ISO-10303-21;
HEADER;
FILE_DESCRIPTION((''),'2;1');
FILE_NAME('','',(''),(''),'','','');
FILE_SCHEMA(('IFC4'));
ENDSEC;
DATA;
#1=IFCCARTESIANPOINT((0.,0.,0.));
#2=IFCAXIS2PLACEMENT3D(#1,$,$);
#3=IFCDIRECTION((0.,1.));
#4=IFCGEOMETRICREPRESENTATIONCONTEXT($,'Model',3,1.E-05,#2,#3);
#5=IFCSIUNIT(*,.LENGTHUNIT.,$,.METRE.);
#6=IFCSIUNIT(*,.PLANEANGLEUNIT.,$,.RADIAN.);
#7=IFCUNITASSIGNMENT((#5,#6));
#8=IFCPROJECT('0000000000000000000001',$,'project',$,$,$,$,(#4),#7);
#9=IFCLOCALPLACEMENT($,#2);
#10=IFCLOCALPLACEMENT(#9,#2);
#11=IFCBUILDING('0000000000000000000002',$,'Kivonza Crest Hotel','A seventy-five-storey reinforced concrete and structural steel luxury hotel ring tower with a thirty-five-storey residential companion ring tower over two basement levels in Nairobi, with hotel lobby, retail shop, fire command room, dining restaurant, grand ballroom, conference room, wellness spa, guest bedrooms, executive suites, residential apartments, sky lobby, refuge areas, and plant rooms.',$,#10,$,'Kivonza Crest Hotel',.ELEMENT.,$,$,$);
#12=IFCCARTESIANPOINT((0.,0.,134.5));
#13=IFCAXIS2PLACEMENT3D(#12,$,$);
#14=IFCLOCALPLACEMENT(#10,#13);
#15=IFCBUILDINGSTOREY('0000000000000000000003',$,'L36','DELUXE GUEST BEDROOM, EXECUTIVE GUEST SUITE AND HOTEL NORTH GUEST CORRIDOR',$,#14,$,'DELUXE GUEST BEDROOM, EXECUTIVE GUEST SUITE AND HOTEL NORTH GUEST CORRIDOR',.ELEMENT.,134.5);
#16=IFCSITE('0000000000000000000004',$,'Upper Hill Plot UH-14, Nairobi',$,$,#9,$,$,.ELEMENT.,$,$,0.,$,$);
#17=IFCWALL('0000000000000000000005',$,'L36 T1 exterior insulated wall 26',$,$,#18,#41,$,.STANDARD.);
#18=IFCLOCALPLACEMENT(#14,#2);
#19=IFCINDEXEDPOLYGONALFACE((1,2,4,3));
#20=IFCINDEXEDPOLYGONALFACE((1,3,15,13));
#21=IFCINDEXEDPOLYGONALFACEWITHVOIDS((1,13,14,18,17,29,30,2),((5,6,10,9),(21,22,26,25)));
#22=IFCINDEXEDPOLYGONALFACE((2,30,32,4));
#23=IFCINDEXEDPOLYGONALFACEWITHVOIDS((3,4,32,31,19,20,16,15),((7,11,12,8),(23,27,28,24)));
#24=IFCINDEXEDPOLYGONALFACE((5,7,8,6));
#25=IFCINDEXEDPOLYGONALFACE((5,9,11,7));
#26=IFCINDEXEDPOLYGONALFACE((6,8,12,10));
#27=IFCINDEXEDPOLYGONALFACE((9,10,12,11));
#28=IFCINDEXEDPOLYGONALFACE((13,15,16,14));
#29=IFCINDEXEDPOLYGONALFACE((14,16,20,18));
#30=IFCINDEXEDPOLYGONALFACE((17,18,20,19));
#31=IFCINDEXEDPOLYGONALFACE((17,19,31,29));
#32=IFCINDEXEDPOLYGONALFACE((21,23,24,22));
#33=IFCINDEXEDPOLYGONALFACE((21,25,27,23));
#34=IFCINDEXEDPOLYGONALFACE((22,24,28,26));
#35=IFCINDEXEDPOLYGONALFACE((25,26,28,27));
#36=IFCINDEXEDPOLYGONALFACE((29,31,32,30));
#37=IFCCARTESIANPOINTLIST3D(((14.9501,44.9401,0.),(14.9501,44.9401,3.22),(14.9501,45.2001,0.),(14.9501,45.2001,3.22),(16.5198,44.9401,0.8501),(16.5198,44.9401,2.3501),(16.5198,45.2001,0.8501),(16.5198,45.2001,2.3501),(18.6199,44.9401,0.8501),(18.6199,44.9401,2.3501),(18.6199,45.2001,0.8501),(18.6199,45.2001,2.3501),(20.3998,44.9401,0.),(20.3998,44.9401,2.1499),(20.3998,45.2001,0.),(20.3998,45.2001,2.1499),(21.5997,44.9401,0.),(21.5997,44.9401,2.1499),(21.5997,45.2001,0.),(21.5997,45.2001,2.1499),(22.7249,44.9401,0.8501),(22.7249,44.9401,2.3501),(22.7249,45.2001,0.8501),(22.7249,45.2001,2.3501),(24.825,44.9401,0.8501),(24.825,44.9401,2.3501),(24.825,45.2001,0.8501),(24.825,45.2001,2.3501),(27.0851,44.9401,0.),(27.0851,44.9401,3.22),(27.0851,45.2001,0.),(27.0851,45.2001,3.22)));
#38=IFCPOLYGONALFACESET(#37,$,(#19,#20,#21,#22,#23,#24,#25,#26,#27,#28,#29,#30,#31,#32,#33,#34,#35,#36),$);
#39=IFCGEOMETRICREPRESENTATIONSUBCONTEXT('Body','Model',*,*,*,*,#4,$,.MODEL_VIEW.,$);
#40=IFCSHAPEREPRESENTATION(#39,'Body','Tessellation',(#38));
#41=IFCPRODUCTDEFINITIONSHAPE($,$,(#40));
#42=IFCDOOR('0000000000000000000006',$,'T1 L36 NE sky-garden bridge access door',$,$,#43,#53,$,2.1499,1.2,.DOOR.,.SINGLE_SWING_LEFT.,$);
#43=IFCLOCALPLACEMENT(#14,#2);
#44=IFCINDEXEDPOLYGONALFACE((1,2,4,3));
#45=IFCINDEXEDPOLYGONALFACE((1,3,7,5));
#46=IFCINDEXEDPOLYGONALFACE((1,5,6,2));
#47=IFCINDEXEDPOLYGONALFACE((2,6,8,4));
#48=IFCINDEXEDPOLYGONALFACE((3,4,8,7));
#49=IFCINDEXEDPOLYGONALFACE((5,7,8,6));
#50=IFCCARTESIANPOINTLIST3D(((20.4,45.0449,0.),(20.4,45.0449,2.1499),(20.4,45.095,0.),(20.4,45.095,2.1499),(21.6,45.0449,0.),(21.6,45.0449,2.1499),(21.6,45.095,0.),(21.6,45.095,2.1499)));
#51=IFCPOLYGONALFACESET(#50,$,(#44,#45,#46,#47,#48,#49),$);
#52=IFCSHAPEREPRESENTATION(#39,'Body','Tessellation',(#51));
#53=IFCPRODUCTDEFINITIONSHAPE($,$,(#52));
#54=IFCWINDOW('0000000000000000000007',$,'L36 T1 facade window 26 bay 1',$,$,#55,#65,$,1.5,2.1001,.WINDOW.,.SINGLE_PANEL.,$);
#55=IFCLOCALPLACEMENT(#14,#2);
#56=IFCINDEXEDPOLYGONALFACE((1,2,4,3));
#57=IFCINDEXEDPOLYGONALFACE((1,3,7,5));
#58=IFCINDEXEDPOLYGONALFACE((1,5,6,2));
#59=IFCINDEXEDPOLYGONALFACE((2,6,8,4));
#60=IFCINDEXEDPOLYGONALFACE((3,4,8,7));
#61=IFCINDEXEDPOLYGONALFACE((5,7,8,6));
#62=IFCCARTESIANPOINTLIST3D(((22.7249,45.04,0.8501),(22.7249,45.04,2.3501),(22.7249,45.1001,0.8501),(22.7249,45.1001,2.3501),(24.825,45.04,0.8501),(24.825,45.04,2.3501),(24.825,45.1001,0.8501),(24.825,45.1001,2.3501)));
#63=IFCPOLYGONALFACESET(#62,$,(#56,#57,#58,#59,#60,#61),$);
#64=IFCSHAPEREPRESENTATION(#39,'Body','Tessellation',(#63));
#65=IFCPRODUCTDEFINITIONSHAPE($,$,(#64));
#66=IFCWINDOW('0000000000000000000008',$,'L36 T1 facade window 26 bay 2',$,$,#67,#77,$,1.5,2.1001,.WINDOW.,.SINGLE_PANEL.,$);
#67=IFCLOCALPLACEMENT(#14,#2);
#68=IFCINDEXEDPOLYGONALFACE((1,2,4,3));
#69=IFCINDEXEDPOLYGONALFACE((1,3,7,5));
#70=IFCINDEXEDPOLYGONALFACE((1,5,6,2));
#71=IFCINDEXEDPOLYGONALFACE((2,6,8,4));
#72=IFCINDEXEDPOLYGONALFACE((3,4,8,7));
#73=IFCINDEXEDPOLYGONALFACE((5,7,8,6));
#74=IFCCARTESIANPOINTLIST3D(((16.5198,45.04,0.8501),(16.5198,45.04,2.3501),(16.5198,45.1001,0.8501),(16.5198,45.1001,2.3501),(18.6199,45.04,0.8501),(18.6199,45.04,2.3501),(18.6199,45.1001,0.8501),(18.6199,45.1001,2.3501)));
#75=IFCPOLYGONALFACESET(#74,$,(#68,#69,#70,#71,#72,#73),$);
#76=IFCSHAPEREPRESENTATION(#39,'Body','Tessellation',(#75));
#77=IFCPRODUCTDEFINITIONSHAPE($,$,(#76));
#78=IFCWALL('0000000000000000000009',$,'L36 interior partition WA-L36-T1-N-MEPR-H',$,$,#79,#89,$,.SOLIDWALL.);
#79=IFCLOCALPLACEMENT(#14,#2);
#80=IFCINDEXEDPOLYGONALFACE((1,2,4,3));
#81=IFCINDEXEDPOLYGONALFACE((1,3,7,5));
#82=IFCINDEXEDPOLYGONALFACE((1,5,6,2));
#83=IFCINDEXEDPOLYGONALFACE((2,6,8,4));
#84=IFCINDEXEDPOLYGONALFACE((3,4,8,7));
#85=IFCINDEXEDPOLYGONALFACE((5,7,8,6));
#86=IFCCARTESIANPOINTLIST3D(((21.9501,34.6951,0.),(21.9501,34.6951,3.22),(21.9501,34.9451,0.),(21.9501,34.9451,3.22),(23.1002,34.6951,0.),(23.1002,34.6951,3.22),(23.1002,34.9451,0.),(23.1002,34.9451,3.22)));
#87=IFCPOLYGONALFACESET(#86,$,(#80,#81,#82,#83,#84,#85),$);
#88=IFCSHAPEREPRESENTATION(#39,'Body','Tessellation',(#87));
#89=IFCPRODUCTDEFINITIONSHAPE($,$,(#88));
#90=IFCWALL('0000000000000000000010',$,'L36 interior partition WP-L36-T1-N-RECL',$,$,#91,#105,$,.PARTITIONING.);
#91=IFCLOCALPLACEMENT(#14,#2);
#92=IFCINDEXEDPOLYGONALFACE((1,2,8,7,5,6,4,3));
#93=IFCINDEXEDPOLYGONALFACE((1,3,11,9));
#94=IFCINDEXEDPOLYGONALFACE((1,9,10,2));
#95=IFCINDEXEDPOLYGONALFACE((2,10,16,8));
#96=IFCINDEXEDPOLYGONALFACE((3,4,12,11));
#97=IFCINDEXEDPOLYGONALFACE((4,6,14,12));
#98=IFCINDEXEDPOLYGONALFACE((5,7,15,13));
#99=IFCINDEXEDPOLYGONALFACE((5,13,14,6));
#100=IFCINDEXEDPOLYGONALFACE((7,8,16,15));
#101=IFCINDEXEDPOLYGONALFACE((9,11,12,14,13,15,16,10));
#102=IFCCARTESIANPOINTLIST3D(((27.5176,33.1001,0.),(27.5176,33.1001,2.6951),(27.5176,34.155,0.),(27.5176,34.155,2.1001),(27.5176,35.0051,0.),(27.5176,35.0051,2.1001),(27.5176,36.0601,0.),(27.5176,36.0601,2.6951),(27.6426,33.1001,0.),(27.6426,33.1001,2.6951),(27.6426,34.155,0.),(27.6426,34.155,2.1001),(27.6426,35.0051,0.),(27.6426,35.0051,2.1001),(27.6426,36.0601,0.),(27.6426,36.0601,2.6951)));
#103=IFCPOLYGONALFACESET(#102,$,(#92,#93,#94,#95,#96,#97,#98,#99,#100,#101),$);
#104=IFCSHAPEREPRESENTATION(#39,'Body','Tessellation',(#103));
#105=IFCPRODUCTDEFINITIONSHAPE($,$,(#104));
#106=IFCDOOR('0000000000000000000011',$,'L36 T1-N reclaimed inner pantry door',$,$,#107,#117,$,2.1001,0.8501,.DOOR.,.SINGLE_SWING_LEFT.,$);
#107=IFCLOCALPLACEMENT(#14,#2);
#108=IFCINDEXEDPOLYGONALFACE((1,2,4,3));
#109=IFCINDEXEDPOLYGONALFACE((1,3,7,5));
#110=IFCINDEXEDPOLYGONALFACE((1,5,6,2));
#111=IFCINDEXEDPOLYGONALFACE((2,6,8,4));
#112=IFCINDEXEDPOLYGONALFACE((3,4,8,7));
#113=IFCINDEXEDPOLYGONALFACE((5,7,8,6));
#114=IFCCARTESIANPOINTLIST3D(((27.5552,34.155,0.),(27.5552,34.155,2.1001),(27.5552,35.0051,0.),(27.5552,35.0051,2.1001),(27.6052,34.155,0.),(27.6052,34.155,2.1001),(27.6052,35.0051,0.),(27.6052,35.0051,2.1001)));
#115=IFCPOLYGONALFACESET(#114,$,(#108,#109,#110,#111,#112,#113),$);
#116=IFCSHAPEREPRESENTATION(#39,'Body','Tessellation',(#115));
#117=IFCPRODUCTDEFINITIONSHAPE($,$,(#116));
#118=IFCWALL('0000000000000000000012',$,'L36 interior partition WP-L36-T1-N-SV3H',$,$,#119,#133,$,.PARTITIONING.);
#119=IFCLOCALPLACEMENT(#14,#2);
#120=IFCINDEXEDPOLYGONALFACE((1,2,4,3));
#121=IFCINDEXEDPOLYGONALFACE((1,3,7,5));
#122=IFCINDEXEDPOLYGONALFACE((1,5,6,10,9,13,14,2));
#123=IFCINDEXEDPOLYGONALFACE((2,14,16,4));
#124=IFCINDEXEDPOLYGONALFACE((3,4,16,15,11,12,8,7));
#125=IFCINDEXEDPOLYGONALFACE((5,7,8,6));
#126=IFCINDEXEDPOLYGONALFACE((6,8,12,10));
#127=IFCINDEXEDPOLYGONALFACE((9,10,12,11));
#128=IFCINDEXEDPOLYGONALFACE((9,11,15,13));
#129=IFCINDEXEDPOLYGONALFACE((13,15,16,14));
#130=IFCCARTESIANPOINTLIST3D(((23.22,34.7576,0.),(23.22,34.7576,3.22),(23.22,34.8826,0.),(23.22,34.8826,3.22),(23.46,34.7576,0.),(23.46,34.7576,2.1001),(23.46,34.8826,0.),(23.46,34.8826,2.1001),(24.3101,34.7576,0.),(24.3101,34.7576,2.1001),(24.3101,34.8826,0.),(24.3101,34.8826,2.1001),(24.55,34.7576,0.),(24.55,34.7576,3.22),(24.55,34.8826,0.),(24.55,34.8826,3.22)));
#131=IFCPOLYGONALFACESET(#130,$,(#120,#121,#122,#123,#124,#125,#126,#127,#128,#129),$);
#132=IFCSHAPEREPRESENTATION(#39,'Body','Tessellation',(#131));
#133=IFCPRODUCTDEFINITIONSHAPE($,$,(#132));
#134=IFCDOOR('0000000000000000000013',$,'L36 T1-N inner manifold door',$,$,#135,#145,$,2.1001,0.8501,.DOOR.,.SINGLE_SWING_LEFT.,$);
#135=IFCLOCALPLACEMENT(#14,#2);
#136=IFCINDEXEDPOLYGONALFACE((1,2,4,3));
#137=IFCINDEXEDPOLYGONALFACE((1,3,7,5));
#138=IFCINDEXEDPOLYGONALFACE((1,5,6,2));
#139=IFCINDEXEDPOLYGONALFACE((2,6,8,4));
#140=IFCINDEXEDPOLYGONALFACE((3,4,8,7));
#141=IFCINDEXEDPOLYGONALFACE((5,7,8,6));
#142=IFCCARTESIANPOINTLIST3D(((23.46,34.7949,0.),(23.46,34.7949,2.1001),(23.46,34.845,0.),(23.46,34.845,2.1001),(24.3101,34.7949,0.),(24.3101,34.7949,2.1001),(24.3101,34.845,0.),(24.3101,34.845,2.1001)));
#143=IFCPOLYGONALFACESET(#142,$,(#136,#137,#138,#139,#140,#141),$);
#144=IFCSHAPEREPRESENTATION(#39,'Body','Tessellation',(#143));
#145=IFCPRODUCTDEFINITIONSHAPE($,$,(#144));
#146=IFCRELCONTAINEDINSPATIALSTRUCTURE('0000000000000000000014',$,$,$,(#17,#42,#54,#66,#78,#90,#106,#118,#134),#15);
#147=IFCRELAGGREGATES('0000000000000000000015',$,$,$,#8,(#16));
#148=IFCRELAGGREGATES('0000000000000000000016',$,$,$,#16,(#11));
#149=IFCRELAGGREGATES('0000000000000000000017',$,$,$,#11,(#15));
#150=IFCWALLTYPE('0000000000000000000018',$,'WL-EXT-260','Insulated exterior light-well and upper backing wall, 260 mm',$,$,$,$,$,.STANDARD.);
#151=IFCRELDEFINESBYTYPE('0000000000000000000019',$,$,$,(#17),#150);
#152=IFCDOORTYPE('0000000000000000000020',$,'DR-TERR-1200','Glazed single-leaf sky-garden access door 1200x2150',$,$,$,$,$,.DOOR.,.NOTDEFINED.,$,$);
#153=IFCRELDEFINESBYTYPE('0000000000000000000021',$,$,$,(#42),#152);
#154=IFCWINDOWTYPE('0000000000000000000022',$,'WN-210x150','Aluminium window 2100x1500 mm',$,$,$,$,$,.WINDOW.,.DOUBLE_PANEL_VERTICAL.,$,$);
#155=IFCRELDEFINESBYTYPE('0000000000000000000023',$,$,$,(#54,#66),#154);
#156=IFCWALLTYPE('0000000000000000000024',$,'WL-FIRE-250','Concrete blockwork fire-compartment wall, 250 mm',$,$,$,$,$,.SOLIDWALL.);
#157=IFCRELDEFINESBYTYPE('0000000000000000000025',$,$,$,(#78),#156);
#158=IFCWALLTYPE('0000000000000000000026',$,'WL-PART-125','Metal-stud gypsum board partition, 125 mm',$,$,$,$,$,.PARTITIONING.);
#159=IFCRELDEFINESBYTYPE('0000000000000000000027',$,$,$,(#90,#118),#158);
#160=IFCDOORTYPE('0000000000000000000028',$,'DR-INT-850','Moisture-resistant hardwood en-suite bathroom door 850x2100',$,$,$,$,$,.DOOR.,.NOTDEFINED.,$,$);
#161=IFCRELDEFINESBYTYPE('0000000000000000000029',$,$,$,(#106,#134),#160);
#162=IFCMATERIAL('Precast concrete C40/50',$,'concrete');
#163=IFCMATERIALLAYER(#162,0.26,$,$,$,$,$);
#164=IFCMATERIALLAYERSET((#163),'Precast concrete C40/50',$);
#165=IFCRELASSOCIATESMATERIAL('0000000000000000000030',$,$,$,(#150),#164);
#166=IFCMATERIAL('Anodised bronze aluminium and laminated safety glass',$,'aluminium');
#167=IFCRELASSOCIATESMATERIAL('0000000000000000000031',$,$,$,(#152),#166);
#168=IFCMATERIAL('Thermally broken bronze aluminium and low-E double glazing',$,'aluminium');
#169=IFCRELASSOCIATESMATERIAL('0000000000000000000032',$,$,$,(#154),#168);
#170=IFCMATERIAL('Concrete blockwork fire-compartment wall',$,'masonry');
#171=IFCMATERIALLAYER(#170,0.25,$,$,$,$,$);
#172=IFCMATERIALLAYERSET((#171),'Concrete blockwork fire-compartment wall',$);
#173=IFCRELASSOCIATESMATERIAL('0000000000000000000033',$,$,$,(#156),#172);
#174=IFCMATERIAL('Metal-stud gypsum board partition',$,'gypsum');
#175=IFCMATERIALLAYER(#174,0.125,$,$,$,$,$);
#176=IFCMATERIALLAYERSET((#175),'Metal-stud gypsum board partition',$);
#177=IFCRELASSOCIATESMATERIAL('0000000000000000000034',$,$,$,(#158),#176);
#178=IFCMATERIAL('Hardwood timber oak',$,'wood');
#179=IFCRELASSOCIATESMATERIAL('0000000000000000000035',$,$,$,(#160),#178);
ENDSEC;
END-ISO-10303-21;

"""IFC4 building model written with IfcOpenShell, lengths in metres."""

from ifc_helpers import new_model, si_unit, direction, frame, frame_2d, origin, place, context, subcontext, project, spatial, rectangle, extrude, material, layer, layer_set, type_object, element, fill, save


model = new_model("IFC4")

# Units and contexts
model_context = context("Model", 3, precision=1e-05, world=origin(), true_north=direction((0.0, 1.0)))
body_context = subcontext(model_context, "Body", "Model", "MODEL_VIEW")
ifc_project = project(units=[si_unit("LENGTHUNIT", "METRE"), si_unit("PLANEANGLEUNIT", "RADIAN")], contexts=[model_context])

# Site, building, storey
site_placement = place(None, origin())
site = spatial("IfcSite", under=ifc_project, at=site_placement, Name="Upper Hill Plot UH-14, Nairobi", CompositionType="ELEMENT", RefElevation=0.0)
building_placement = place(site_placement, origin())
building = spatial("IfcBuilding", under=site, at=building_placement, Name="Kivonza Crest Hotel", Description="A seventy-five-storey reinforced concrete and structural steel luxury hotel ring tower with a thirty-five-storey residential companion ring tower over two basement levels in Nairobi, with hotel lobby, retail shop, fire command room, dining restaurant, grand ballroom, conference room, wellness spa, guest bedrooms, executive suites, residential apartments, sky lobby, refuge areas, and plant rooms.", LongName="Kivonza Crest Hotel", CompositionType="ELEMENT")
storey_placement = place(building_placement, frame((0.0, 0.0, 134.5)))
storey = spatial("IfcBuildingStorey", under=building, at=storey_placement, Name="L36", Description="DELUXE GUEST BEDROOM, EXECUTIVE GUEST SUITE AND HOTEL NORTH GUEST CORRIDOR", LongName="DELUXE GUEST BEDROOM, EXECUTIVE GUEST SUITE AND HOTEL NORTH GUEST CORRIDOR", CompositionType="ELEMENT", Elevation=134.5)

# Shared definitions
ifc_material_1 = material(Name="Hardwood timber oak", Category="wood")

# Wall, openings, door, windows
ifc_material_2 = material(Name="Precast concrete C40/50", Category="concrete")
ifc_layer_1 = layer(ifc_material_2, 0.26)
ifc_layer_set_1 = layer_set([ifc_layer_1], Name="Precast concrete C40/50")
wall_type_1 = type_object("IfcWallType", Name="WL-EXT-260", Description="Insulated exterior light-well and upper backing wall, 260 mm", PredefinedType="STANDARD", material=ifc_layer_set_1)
wall_1_placement = place(storey_placement, frame((27.085, 45.0701, 0.0), z_axis=(0.0, 0.0, 1.0), x_axis=(-1.0, 0.0, 0.0)))
wall_1 = element("IfcWall", 1, at=wall_1_placement, inside=storey, type_object=wall_type_1, Name="L36 T1 exterior insulated wall 26", PredefinedType="STANDARD", context=body_context, shape_type="SweptSolid", body=[
    extrude(rectangle(XDim=12.135, YDim=0.26, at=frame_2d((6.0674, 0.0))), origin(), (0.0, 0.0, 1.0), 3.22),
])
opening_1_placement = place(wall_1_placement, frame((5.4851, 0.0, 0.0)))
opening_1 = element("IfcOpeningElement", 2, at=opening_1_placement, cuts=wall_1, PredefinedType="OPENING", context=body_context, shape_type="SweptSolid", body=[
    extrude(rectangle(XDim=1.2, YDim=2.1499, at=frame_2d((0.6001, 1.075))), frame((0.0, 0.1401, 0.0), z_axis=(0.0, -1.0, 0.0), x_axis=(1.0, 0.0, 0.0)), (0.0, 0.0, 1.0), 0.28),
])
opening_2_placement = place(wall_1_placement, frame((2.26, 0.0, 0.8501)))
opening_2 = element("IfcOpeningElement", 3, at=opening_2_placement, cuts=wall_1, PredefinedType="OPENING", context=body_context, shape_type="SweptSolid", body=[
    extrude(rectangle(XDim=2.1001, YDim=1.5, at=frame_2d((1.05, 0.75))), frame((0.0, 0.1401, 0.0), z_axis=(0.0, -1.0, 0.0), x_axis=(1.0, 0.0, 0.0)), (0.0, 0.0, 1.0), 0.28),
])
opening_3_placement = place(wall_1_placement, frame((8.4651, 0.0, 0.8501)))
opening_3 = element("IfcOpeningElement", 4, at=opening_3_placement, cuts=wall_1, PredefinedType="OPENING", context=body_context, shape_type="SweptSolid", body=[
    extrude(rectangle(XDim=2.1001, YDim=1.5, at=frame_2d((1.05, 0.75))), frame((0.0, 0.1401, 0.0), z_axis=(0.0, -1.0, 0.0), x_axis=(1.0, 0.0, 0.0)), (0.0, 0.0, 1.0), 0.28),
])
ifc_material_3 = material(Name="Anodised bronze aluminium and laminated safety glass", Category="aluminium")
door_type_1 = type_object("IfcDoorType", Name="DR-TERR-1200", Description="Glazed single-leaf sky-garden access door 1200x2150", OperationType="NOTDEFINED", PredefinedType="DOOR", material=ifc_material_3)
door_1_placement = place(opening_1_placement, frame((1.2, 0.0, 0.0), z_axis=(0.0, 0.0, 1.0), x_axis=(-1.0, 0.0, 0.0)))
door_1 = element("IfcDoor", 5, at=door_1_placement, inside=storey, type_object=door_type_1, Name="T1 L36 NE sky-garden bridge access door", OperationType="SINGLE_SWING_LEFT", OverallHeight=2.1499, OverallWidth=1.2, PredefinedType="DOOR", context=body_context, shape_type="SweptSolid", body=[
    extrude(rectangle(XDim=1.2, YDim=2.1499, at=frame_2d((0.6001, 1.075))), frame((0.0, 0.0249, 0.0), z_axis=(0.0, -1.0, 0.0), x_axis=(1.0, 0.0, 0.0)), (0.0, 0.0, 1.0), 0.05),
])
fill(opening_1, door_1)
ifc_material_4 = material(Name="Thermally broken bronze aluminium and low-E double glazing", Category="aluminium")
window_type = type_object("IfcWindowType", Name="WN-210x150", Description="Aluminium window 2100x1500 mm", PartitioningType="DOUBLE_PANEL_VERTICAL", PredefinedType="WINDOW", material=ifc_material_4)
window_1_placement = place(opening_2_placement, origin())
window_1 = element("IfcWindow", 6, at=window_1_placement, inside=storey, type_object=window_type, Name="L36 T1 facade window 26 bay 1", OverallHeight=1.5, OverallWidth=2.1001, PartitioningType="SINGLE_PANEL", PredefinedType="WINDOW", context=body_context, shape_type="SweptSolid", body=[
    extrude(rectangle(XDim=2.1001, YDim=1.5, at=frame_2d((1.05, 0.75))), frame((0.0, 0.03, 0.0), z_axis=(0.0, -1.0, 0.0), x_axis=(1.0, 0.0, 0.0)), (0.0, 0.0, 1.0), 0.0601),
])
fill(opening_2, window_1)
window_2_placement = place(opening_3_placement, origin())
window_2 = element("IfcWindow", 7, at=window_2_placement, inside=storey, type_object=window_type, Name="L36 T1 facade window 26 bay 2", OverallHeight=1.5, OverallWidth=2.1001, PartitioningType="SINGLE_PANEL", PredefinedType="WINDOW", context=body_context, shape_type="SweptSolid", body=[
    extrude(rectangle(XDim=2.1001, YDim=1.5, at=frame_2d((1.05, 0.75))), frame((0.0, 0.03, 0.0), z_axis=(0.0, -1.0, 0.0), x_axis=(1.0, 0.0, 0.0)), (0.0, 0.0, 1.0), 0.0601),
])
fill(opening_3, window_2)

# Wall
ifc_material_5 = material(Name="Concrete blockwork fire-compartment wall", Category="masonry")
ifc_layer_2 = layer(ifc_material_5, 0.25)
ifc_layer_set_2 = layer_set([ifc_layer_2], Name="Concrete blockwork fire-compartment wall")
wall_type_2 = type_object("IfcWallType", Name="WL-FIRE-250", Description="Concrete blockwork fire-compartment wall, 250 mm", PredefinedType="SOLIDWALL", material=ifc_layer_set_2)
wall_2_placement = place(storey_placement, frame((21.95, 34.8201, 0.0), z_axis=(0.0, 0.0, 1.0), x_axis=(1.0, 0.0, 0.0)))
element("IfcWall", 8, at=wall_2_placement, inside=storey, type_object=wall_type_2, Name="L36 interior partition WA-L36-T1-N-MEPR-H", PredefinedType="SOLIDWALL", context=body_context, shape_type="SweptSolid", body=[
    extrude(rectangle(XDim=1.1501, YDim=0.25, at=frame_2d((0.5752, 0.0))), origin(), (0.0, 0.0, 1.0), 3.22),
])

# Walls, openings, doors
ifc_material_6 = material(Name="Metal-stud gypsum board partition", Category="gypsum")
ifc_layer_3 = layer(ifc_material_6, 0.125)
ifc_layer_set_3 = layer_set([ifc_layer_3], Name="Metal-stud gypsum board partition")
wall_type_3 = type_object("IfcWallType", Name="WL-PART-125", Description="Metal-stud gypsum board partition, 125 mm", PredefinedType="PARTITIONING", material=ifc_layer_set_3)
wall_3_placement = place(storey_placement, frame((27.5801, 33.1001, 0.0), z_axis=(0.0, 0.0, 1.0), x_axis=(0.0, 1.0, 0.0)))
wall_3 = element("IfcWall", 9, at=wall_3_placement, inside=storey, type_object=wall_type_3, Name="L36 interior partition WP-L36-T1-N-RECL", PredefinedType="PARTITIONING", context=body_context, shape_type="SweptSolid", body=[
    extrude(rectangle(XDim=2.96, YDim=0.125, at=frame_2d((1.48, 0.0))), origin(), (0.0, 0.0, 1.0), 2.6951),
])
opening_4_placement = place(wall_3_placement, frame((1.0549, 0.0, 0.0)))
opening_4 = element("IfcOpeningElement", 10, at=opening_4_placement, cuts=wall_3, PredefinedType="OPENING", context=body_context, shape_type="SweptSolid", body=[
    extrude(rectangle(XDim=0.8501, YDim=2.1001, at=frame_2d((0.425, 1.05))), frame((0.0, 0.0725, 0.0), z_axis=(0.0, -1.0, 0.0), x_axis=(1.0, 0.0, 0.0)), (0.0, 0.0, 1.0), 0.145),
])
door_type_2 = type_object("IfcDoorType", Name="DR-INT-850", Description="Moisture-resistant hardwood en-suite bathroom door 850x2100", OperationType="NOTDEFINED", PredefinedType="DOOR", material=ifc_material_1)
door_2_placement = place(opening_4_placement, origin())
door_2 = element("IfcDoor", 11, at=door_2_placement, inside=storey, type_object=door_type_2, Name="L36 T1-N reclaimed inner pantry door", OperationType="SINGLE_SWING_LEFT", OverallHeight=2.1001, OverallWidth=0.8501, PredefinedType="DOOR", context=body_context, shape_type="SweptSolid", body=[
    extrude(rectangle(XDim=0.8501, YDim=2.1001, at=frame_2d((0.425, 1.05))), frame((0.0, 0.0249, 0.0), z_axis=(0.0, -1.0, 0.0), x_axis=(1.0, 0.0, 0.0)), (0.0, 0.0, 1.0), 0.05),
])
fill(opening_4, door_2)
wall_4_placement = place(storey_placement, frame((23.22, 34.8201, 0.0), z_axis=(0.0, 0.0, 1.0), x_axis=(1.0, 0.0, 0.0)))
wall_4 = element("IfcWall", 12, at=wall_4_placement, inside=storey, type_object=wall_type_3, Name="L36 interior partition WP-L36-T1-N-SV3H", PredefinedType="PARTITIONING", context=body_context, shape_type="SweptSolid", body=[
    extrude(rectangle(XDim=1.3301, YDim=0.125, at=frame_2d((0.665, 0.0))), origin(), (0.0, 0.0, 1.0), 3.22),
])
opening_5_placement = place(wall_4_placement, frame((0.24, 0.0, 0.0)))
opening_5 = element("IfcOpeningElement", 13, at=opening_5_placement, cuts=wall_4, PredefinedType="OPENING", context=body_context, shape_type="SweptSolid", body=[
    extrude(rectangle(XDim=0.8501, YDim=2.1001, at=frame_2d((0.425, 1.05))), frame((0.0, 0.0725, 0.0), z_axis=(0.0, -1.0, 0.0), x_axis=(1.0, 0.0, 0.0)), (0.0, 0.0, 1.0), 0.145),
])
door_3_placement = place(opening_5_placement, origin())
door_3 = element("IfcDoor", 14, at=door_3_placement, inside=storey, type_object=door_type_2, Name="L36 T1-N inner manifold door", OperationType="SINGLE_SWING_LEFT", OverallHeight=2.1001, OverallWidth=0.8501, PredefinedType="DOOR", context=body_context, shape_type="SweptSolid", body=[
    extrude(rectangle(XDim=0.8501, YDim=2.1001, at=frame_2d((0.425, 1.05))), frame((0.0, 0.0249, 0.0), z_axis=(0.0, -1.0, 0.0), x_axis=(1.0, 0.0, 0.0)), (0.0, 0.0, 1.0), 0.05),
])
fill(opening_5, door_3)

save(model, "model.ifc")
